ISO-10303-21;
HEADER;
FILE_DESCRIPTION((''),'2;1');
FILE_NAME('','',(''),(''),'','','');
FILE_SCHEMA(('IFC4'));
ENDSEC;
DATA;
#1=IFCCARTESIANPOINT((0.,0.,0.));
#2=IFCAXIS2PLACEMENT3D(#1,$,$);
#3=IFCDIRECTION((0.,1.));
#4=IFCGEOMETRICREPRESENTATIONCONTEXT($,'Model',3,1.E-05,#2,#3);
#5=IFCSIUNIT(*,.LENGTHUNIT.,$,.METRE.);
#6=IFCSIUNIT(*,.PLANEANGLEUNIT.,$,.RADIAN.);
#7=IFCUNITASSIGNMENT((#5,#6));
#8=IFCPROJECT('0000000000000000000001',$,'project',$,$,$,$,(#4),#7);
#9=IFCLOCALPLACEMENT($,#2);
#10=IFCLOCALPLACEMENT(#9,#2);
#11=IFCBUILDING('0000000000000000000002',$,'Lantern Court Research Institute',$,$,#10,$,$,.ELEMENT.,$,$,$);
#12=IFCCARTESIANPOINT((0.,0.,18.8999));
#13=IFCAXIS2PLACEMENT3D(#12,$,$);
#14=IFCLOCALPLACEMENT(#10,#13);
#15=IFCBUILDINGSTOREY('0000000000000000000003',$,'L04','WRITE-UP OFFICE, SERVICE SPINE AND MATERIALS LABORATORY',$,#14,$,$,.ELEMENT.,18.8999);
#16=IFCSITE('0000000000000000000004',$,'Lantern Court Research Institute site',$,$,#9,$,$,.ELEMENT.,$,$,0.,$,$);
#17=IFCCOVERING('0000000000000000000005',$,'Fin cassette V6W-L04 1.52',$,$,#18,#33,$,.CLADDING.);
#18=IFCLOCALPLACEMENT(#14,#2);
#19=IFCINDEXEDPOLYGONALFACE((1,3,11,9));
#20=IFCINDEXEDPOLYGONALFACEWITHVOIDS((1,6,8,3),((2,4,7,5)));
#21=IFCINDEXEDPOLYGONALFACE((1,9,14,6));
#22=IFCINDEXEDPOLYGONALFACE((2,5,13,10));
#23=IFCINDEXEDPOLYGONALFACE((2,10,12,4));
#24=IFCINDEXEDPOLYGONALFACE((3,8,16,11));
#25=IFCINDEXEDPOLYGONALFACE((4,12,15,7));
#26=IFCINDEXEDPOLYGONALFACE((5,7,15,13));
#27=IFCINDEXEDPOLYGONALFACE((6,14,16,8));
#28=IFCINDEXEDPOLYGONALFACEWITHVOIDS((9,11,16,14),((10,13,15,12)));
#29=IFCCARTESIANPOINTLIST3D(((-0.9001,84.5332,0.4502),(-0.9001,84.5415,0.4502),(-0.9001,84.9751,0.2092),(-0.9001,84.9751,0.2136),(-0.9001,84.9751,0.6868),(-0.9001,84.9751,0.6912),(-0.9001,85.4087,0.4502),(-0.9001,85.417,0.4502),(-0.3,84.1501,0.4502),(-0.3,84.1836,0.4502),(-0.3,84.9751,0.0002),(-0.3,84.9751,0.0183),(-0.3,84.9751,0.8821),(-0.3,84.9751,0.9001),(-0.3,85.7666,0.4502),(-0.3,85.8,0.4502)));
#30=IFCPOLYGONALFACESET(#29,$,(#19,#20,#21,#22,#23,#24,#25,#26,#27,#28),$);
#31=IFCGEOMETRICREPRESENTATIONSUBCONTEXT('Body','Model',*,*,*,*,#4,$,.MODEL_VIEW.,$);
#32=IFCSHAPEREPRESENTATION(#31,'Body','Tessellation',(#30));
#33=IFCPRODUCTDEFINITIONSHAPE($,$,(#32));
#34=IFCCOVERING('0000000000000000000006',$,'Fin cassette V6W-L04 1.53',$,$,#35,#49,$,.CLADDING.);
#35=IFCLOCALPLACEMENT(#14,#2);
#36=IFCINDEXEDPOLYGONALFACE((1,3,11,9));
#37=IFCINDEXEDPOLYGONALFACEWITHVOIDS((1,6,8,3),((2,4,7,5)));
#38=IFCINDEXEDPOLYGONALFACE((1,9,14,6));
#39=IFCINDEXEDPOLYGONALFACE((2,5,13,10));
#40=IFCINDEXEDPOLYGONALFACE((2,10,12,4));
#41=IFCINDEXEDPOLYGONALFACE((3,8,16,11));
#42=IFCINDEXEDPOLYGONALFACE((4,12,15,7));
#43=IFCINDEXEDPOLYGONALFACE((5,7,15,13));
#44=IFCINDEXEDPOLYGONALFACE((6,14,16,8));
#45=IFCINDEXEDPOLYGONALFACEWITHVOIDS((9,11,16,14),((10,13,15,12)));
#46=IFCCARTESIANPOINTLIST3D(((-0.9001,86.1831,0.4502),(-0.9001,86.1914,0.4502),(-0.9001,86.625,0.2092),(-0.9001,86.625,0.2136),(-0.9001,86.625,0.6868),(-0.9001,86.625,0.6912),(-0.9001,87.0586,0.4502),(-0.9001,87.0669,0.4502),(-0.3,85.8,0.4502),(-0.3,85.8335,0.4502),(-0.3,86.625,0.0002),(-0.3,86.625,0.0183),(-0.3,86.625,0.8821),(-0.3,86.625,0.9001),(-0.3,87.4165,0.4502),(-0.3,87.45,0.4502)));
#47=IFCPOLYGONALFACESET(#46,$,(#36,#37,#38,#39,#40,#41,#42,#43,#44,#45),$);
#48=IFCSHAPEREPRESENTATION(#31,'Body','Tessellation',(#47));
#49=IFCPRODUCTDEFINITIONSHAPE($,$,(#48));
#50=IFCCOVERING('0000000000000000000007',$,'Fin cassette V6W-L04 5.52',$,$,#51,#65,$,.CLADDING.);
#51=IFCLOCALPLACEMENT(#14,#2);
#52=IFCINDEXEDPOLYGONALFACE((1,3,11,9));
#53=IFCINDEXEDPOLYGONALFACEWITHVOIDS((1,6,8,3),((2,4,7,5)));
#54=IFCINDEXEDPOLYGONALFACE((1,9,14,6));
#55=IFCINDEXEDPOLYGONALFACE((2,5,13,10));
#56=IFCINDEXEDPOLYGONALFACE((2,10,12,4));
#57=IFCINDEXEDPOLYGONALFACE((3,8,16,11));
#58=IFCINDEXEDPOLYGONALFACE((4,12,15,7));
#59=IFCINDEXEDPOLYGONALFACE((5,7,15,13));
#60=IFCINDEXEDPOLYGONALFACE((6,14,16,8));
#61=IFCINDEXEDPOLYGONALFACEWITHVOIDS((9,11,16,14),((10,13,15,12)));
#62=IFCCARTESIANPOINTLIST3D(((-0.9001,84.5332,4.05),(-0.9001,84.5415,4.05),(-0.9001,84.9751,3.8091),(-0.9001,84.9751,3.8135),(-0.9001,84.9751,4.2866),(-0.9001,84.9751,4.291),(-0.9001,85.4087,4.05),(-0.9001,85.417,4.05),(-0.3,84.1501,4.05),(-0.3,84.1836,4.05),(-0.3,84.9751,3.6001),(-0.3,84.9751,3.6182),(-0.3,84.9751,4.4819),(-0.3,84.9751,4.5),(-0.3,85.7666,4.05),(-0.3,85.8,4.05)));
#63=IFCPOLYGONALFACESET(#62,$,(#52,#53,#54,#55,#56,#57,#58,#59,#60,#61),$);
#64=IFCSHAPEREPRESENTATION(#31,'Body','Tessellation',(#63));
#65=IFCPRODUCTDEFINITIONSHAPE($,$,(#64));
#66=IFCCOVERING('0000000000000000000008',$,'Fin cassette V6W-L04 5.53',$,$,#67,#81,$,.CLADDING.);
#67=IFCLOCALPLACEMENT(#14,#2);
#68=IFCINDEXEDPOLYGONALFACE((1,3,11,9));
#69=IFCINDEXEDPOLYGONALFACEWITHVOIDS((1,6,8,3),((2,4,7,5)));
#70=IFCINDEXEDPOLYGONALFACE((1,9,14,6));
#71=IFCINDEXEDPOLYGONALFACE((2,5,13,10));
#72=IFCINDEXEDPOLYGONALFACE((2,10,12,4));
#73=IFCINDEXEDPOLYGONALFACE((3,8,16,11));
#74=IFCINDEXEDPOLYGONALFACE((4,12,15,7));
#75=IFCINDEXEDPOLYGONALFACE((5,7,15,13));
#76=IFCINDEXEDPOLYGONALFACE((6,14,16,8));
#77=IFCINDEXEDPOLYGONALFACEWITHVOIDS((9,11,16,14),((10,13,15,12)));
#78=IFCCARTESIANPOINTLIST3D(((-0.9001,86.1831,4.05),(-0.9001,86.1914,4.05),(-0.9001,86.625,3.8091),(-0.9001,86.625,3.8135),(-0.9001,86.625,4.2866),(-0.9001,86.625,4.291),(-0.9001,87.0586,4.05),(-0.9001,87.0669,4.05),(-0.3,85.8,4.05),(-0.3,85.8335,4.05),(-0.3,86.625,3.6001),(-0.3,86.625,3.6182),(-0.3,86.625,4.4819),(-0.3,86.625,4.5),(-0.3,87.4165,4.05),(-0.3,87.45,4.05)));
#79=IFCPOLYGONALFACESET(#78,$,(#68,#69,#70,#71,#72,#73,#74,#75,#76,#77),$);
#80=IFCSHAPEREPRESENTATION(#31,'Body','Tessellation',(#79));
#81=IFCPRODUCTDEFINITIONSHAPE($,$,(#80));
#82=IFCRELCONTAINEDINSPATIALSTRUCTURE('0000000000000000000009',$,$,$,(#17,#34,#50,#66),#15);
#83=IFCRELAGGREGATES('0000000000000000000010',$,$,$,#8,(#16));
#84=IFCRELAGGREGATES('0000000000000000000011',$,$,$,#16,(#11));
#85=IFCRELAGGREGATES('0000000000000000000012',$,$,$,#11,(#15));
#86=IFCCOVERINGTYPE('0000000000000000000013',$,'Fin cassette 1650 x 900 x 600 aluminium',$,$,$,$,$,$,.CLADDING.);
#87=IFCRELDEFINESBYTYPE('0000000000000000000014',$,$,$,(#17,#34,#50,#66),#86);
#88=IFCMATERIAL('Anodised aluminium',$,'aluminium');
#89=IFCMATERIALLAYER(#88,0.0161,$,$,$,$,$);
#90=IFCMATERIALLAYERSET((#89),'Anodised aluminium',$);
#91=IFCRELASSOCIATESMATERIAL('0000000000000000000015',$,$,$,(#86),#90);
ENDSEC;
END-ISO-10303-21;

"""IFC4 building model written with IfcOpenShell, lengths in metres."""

from ifc_helpers import new_model, entity, si_unit, direction, frame, origin, place, context, subcontext, project, spatial, material, layer, layer_set, type_object, element, save


model = new_model("IFC4")

# Units and contexts
model_context = context("Model", 3, precision=1e-05, world=origin(), true_north=direction((0.0, 1.0)))
body_context = subcontext(model_context, "Body", "Model", "MODEL_VIEW")
ifc_project = project(units=[si_unit("LENGTHUNIT", "METRE"), si_unit("PLANEANGLEUNIT", "RADIAN")], contexts=[model_context])

# Site, building, storey
site_placement = place(None, origin())
site = spatial("IfcSite", under=ifc_project, at=site_placement, Name="Lantern Court Research Institute site", CompositionType="ELEMENT", RefElevation=0.0)
building_placement = place(site_placement, origin())
building = spatial("IfcBuilding", under=site, at=building_placement, Name="Lantern Court Research Institute", CompositionType="ELEMENT")
storey_placement = place(building_placement, frame((0.0, 0.0, 18.8999)))
storey = spatial("IfcBuildingStorey", under=building, at=storey_placement, Name="L04", Description="WRITE-UP OFFICE, SERVICE SPINE AND MATERIALS LABORATORY", CompositionType="ELEMENT", Elevation=18.8999)

# Coverings
ifc_material_1 = material(Name="Anodised aluminium", Category="aluminium")
ifc_layer_1 = layer(ifc_material_1, 0.0161)
ifc_layer_set_1 = layer_set([ifc_layer_1], Name="Anodised aluminium")
covering_type_1 = type_object("IfcCoveringType", Name="Fin cassette 1650 x 900 x 600 aluminium", PredefinedType="CLADDING", material=ifc_layer_set_1)
covering_1_placement = place(storey_placement, frame((-0.3, 84.9751, 0.4502), z_axis=(-1.0, 0.0, 0.0), x_axis=(0.0, -1.0, 0.0)))
cartesian_point_1 = entity("IfcCartesianPoint", [0.825, 0.0])
cartesian_point_2 = entity("IfcCartesianPoint", [0.7915, 0.0])
cartesian_point_3 = entity("IfcCartesianPoint", [0.4419, 0.0])
cartesian_point_4 = entity("IfcCartesianPoint", [0.4336, 0.0])
element("IfcCovering", 1, at=covering_1_placement, inside=storey, type_object=covering_type_1, Name="Fin cassette V6W-L04 1.52", PredefinedType="CLADDING", context=body_context, shape_type="SweptSolid", body=[
    entity("IfcExtrudedAreaSolidTapered", entity("IfcArbitraryProfileDefWithVoids", "AREA", None, entity("IfcPolyline", [cartesian_point_1, entity("IfcCartesianPoint", [0.0, 0.45]), entity("IfcCartesianPoint", [-0.825, 0.0]), entity("IfcCartesianPoint", [0.0, -0.45]), cartesian_point_1]), [entity("IfcPolyline", [cartesian_point_2, entity("IfcCartesianPoint", [0.0, 0.4319]), entity("IfcCartesianPoint", [-0.7915, 0.0]), entity("IfcCartesianPoint", [0.0, -0.4319]), cartesian_point_2])]), entity("IfcAxis2Placement3D", entity("IfcCartesianPoint", [0.0, 0.0, 0.0])), entity("IfcDirection", [0.0, 0.0, 1.0]), 0.6001, entity("IfcArbitraryProfileDefWithVoids", "AREA", None, entity("IfcPolyline", [cartesian_point_3, entity("IfcCartesianPoint", [0.0, 0.241]), entity("IfcCartesianPoint", [-0.4419, 0.0]), entity("IfcCartesianPoint", [0.0, -0.241]), cartesian_point_3]), [entity("IfcPolyline", [cartesian_point_4, entity("IfcCartesianPoint", [0.0, 0.2366]), entity("IfcCartesianPoint", [-0.4336, 0.0]), entity("IfcCartesianPoint", [0.0, -0.2366]), cartesian_point_4])])),
])
covering_2_placement = place(storey_placement, frame((-0.3, 86.625, 0.4502), z_axis=(-1.0, 0.0, 0.0), x_axis=(0.0, -1.0, 0.0)))
cartesian_point_5 = entity("IfcCartesianPoint", [0.825, 0.0])
cartesian_point_6 = entity("IfcCartesianPoint", [0.7915, 0.0])
cartesian_point_7 = entity("IfcCartesianPoint", [0.4419, 0.0])
cartesian_point_8 = entity("IfcCartesianPoint", [0.4336, 0.0])
element("IfcCovering", 2, at=covering_2_placement, inside=storey, type_object=covering_type_1, Name="Fin cassette V6W-L04 1.53", PredefinedType="CLADDING", context=body_context, shape_type="SweptSolid", body=[
    entity("IfcExtrudedAreaSolidTapered", entity("IfcArbitraryProfileDefWithVoids", "AREA", None, entity("IfcPolyline", [cartesian_point_5, entity("IfcCartesianPoint", [0.0, 0.45]), entity("IfcCartesianPoint", [-0.825, 0.0]), entity("IfcCartesianPoint", [0.0, -0.45]), cartesian_point_5]), [entity("IfcPolyline", [cartesian_point_6, entity("IfcCartesianPoint", [0.0, 0.4319]), entity("IfcCartesianPoint", [-0.7915, 0.0]), entity("IfcCartesianPoint", [0.0, -0.4319]), cartesian_point_6])]), entity("IfcAxis2Placement3D", entity("IfcCartesianPoint", [0.0, 0.0, 0.0])), entity("IfcDirection", [0.0, 0.0, 1.0]), 0.6001, entity("IfcArbitraryProfileDefWithVoids", "AREA", None, entity("IfcPolyline", [cartesian_point_7, entity("IfcCartesianPoint", [0.0, 0.241]), entity("IfcCartesianPoint", [-0.4419, 0.0]), entity("IfcCartesianPoint", [0.0, -0.241]), cartesian_point_7]), [entity("IfcPolyline", [cartesian_point_8, entity("IfcCartesianPoint", [0.0, 0.2366]), entity("IfcCartesianPoint", [-0.4336, 0.0]), entity("IfcCartesianPoint", [0.0, -0.2366]), cartesian_point_8])])),
])
covering_3_placement = place(storey_placement, frame((-0.3, 84.9751, 4.05), z_axis=(-1.0, 0.0, 0.0), x_axis=(0.0, -1.0, 0.0)))
cartesian_point_9 = entity("IfcCartesianPoint", [0.825, 0.0])
cartesian_point_10 = entity("IfcCartesianPoint", [0.7915, 0.0])
cartesian_point_11 = entity("IfcCartesianPoint", [0.4419, 0.0])
cartesian_point_12 = entity("IfcCartesianPoint", [0.4336, 0.0])
element("IfcCovering", 3, at=covering_3_placement, inside=storey, type_object=covering_type_1, Name="Fin cassette V6W-L04 5.52", PredefinedType="CLADDING", context=body_context, shape_type="SweptSolid", body=[
    entity("IfcExtrudedAreaSolidTapered", entity("IfcArbitraryProfileDefWithVoids", "AREA", None, entity("IfcPolyline", [cartesian_point_9, entity("IfcCartesianPoint", [0.0, 0.45]), entity("IfcCartesianPoint", [-0.825, 0.0]), entity("IfcCartesianPoint", [0.0, -0.45]), cartesian_point_9]), [entity("IfcPolyline", [cartesian_point_10, entity("IfcCartesianPoint", [0.0, 0.4319]), entity("IfcCartesianPoint", [-0.7915, 0.0]), entity("IfcCartesianPoint", [0.0, -0.4319]), cartesian_point_10])]), entity("IfcAxis2Placement3D", entity("IfcCartesianPoint", [0.0, 0.0, 0.0])), entity("IfcDirection", [0.0, 0.0, 1.0]), 0.6001, entity("IfcArbitraryProfileDefWithVoids", "AREA", None, entity("IfcPolyline", [cartesian_point_11, entity("IfcCartesianPoint", [0.0, 0.241]), entity("IfcCartesianPoint", [-0.4419, 0.0]), entity("IfcCartesianPoint", [0.0, -0.241]), cartesian_point_11]), [entity("IfcPolyline", [cartesian_point_12, entity("IfcCartesianPoint", [0.0, 0.2366]), entity("IfcCartesianPoint", [-0.4336, 0.0]), entity("IfcCartesianPoint", [0.0, -0.2366]), cartesian_point_12])])),
])
covering_4_placement = place(storey_placement, frame((-0.3, 86.625, 4.05), z_axis=(-1.0, 0.0, 0.0), x_axis=(0.0, -1.0, 0.0)))
cartesian_point_13 = entity("IfcCartesianPoint", [0.825, 0.0])
cartesian_point_14 = entity("IfcCartesianPoint", [0.7915, 0.0])
cartesian_point_15 = entity("IfcCartesianPoint", [0.4419, 0.0])
cartesian_point_16 = entity("IfcCartesianPoint", [0.4336, 0.0])
element("IfcCovering", 4, at=covering_4_placement, inside=storey, type_object=covering_type_1, Name="Fin cassette V6W-L04 5.53", PredefinedType="CLADDING", context=body_context, shape_type="SweptSolid", body=[
    entity("IfcExtrudedAreaSolidTapered", entity("IfcArbitraryProfileDefWithVoids", "AREA", None, entity("IfcPolyline", [cartesian_point_13, entity("IfcCartesianPoint", [0.0, 0.45]), entity("IfcCartesianPoint", [-0.825, 0.0]), entity("IfcCartesianPoint", [0.0, -0.45]), cartesian_point_13]), [entity("IfcPolyline", [cartesian_point_14, entity("IfcCartesianPoint", [0.0, 0.4319]), entity("IfcCartesianPoint", [-0.7915, 0.0]), entity("IfcCartesianPoint", [0.0, -0.4319]), cartesian_point_14])]), entity("IfcAxis2Placement3D", entity("IfcCartesianPoint", [0.0, 0.0, 0.0])), entity("IfcDirection", [0.0, 0.0, 1.0]), 0.6001, entity("IfcArbitraryProfileDefWithVoids", "AREA", None, entity("IfcPolyline", [cartesian_point_15, entity("IfcCartesianPoint", [0.0, 0.241]), entity("IfcCartesianPoint", [-0.4419, 0.0]), entity("IfcCartesianPoint", [0.0, -0.241]), cartesian_point_15]), [entity("IfcPolyline", [cartesian_point_16, entity("IfcCartesianPoint", [0.0, 0.2366]), entity("IfcCartesianPoint", [-0.4336, 0.0]), entity("IfcCartesianPoint", [0.0, -0.2366]), cartesian_point_16])])),
])

save(model, "model.ifc")
